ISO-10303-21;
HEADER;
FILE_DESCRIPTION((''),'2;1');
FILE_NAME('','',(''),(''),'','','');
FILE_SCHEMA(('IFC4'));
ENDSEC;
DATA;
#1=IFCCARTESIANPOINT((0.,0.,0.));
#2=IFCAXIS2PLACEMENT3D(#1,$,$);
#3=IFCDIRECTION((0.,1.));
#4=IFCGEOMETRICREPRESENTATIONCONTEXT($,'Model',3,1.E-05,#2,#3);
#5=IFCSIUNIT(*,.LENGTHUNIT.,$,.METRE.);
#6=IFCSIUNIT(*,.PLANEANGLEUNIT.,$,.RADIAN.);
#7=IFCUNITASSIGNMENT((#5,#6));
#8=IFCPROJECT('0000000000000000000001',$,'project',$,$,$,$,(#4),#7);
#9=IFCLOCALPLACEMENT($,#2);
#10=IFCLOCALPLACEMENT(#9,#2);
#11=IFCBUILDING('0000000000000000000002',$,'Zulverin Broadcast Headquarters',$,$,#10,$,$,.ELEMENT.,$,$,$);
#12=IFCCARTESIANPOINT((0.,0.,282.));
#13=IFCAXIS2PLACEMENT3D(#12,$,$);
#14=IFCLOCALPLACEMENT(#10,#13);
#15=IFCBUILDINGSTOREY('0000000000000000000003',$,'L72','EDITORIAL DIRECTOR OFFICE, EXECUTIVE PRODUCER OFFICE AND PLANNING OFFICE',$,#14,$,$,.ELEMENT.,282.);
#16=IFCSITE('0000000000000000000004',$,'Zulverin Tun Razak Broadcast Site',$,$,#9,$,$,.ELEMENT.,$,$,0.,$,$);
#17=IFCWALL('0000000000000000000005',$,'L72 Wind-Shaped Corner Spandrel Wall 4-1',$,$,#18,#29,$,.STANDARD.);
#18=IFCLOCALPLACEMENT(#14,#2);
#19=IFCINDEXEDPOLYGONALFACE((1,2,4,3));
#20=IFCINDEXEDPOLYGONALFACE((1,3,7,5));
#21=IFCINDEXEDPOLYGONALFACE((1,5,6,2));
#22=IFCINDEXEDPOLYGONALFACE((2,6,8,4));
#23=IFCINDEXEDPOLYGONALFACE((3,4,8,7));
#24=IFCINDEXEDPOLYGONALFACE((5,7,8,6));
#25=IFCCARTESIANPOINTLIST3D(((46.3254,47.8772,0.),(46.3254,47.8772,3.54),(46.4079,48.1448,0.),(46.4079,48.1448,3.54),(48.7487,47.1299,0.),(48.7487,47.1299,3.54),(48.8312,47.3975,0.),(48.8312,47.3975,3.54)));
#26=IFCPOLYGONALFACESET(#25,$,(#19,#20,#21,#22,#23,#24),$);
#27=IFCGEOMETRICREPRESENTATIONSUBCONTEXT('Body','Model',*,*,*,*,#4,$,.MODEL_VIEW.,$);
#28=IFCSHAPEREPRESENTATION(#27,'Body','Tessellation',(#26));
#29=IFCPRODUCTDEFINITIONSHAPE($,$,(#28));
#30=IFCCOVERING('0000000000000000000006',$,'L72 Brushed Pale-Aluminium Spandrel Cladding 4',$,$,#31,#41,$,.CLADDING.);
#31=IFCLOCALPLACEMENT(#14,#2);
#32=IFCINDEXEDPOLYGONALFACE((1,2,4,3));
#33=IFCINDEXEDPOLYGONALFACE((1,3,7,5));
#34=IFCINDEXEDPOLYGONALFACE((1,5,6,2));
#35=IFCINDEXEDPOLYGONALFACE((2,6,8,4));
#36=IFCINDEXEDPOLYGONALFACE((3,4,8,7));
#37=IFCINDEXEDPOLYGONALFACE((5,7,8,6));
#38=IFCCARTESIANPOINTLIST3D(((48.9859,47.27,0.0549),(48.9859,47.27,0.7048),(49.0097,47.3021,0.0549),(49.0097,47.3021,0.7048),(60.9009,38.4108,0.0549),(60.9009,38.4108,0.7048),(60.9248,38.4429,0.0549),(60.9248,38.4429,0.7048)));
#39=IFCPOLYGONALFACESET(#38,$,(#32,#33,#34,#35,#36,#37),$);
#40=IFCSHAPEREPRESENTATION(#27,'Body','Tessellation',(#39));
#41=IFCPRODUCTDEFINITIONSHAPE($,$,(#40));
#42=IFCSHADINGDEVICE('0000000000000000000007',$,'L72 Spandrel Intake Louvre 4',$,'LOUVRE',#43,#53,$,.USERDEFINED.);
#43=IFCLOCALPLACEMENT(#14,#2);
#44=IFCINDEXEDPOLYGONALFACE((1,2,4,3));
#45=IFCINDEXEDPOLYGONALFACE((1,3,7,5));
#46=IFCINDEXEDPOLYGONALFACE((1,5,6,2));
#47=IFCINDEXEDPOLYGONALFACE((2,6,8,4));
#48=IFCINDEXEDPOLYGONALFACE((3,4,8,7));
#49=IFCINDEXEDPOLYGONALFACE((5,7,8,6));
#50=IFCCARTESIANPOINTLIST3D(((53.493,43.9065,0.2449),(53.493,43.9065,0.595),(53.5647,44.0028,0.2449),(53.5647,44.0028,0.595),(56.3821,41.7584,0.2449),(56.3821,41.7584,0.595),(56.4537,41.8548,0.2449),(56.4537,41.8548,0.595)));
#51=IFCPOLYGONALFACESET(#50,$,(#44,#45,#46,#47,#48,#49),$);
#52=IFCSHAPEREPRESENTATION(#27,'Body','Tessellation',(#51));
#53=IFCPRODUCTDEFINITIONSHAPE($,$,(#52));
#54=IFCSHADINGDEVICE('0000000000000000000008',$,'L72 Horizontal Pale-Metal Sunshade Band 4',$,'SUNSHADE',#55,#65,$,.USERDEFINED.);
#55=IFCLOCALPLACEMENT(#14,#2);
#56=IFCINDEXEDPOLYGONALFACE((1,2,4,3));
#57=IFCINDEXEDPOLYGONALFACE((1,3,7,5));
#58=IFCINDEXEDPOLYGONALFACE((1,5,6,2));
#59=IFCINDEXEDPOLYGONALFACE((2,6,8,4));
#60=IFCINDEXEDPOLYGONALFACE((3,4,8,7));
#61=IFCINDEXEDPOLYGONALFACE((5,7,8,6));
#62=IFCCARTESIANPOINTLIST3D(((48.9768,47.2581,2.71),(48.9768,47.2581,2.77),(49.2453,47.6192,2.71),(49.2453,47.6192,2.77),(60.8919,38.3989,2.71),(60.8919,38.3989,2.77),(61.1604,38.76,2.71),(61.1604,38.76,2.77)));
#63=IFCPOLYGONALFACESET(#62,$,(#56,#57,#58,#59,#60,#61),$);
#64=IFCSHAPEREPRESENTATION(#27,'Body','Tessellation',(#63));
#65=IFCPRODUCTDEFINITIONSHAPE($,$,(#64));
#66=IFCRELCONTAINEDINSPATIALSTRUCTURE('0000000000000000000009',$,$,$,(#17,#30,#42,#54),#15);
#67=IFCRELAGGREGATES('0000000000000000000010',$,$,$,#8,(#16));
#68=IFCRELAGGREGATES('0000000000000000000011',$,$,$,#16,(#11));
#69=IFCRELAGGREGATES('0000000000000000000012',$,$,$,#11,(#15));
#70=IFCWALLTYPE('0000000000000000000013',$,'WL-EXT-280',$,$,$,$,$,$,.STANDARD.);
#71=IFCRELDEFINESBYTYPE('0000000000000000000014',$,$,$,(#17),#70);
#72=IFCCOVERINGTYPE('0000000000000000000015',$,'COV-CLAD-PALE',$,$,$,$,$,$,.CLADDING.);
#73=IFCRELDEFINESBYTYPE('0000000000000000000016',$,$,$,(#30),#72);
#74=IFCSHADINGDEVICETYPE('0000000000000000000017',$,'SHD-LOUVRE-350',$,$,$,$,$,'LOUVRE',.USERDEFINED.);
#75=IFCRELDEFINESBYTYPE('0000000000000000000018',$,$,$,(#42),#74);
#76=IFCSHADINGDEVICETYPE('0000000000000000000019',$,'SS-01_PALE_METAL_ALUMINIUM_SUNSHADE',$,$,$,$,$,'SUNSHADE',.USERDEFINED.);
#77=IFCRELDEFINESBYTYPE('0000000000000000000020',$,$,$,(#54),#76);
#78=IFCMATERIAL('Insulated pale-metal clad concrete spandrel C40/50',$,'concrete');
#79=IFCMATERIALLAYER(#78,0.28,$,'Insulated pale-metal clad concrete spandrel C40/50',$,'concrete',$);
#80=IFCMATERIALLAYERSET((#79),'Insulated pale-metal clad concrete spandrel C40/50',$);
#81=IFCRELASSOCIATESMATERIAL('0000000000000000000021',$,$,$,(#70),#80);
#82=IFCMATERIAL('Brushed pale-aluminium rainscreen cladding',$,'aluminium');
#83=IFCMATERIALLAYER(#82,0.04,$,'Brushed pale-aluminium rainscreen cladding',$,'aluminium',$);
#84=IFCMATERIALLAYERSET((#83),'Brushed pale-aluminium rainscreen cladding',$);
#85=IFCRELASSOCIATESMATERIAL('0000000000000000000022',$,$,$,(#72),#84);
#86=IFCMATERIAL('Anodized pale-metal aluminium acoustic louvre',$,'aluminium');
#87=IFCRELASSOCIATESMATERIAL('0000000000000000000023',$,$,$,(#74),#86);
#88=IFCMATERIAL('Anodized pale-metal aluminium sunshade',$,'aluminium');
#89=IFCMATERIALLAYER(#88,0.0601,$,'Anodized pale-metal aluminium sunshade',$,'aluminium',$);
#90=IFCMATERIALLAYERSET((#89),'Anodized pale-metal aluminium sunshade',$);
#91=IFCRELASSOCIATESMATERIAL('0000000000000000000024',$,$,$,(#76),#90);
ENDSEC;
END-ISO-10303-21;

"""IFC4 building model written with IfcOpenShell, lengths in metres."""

from ifc_helpers import new_model, si_unit, direction, frame, frame_2d, origin, origin_2d, place, context, subcontext, project, spatial, rectangle, extrude, material, layer, layer_set, type_object, element, save


model = new_model("IFC4")

# Units and contexts
model_context = context("Model", 3, precision=1e-05, world=origin(), true_north=direction((0.0, 1.0)))
body_context = subcontext(model_context, "Body", "Model", "MODEL_VIEW")
ifc_project = project(units=[si_unit("LENGTHUNIT", "METRE"), si_unit("PLANEANGLEUNIT", "RADIAN")], contexts=[model_context])

# Site, building, storey
site_placement = place(None, origin())
site = spatial("IfcSite", under=ifc_project, at=site_placement, Name="Zulverin Tun Razak Broadcast Site", CompositionType="ELEMENT", RefElevation=0.0)
building_placement = place(site_placement, origin())
building = spatial("IfcBuilding", under=site, at=building_placement, Name="Zulverin Broadcast Headquarters", CompositionType="ELEMENT")
storey_placement = place(building_placement, frame((0.0, 0.0, 282.0)))
storey = spatial("IfcBuildingStorey", under=building, at=storey_placement, Name="L72", Description="EDITORIAL DIRECTOR OFFICE, EXECUTIVE PRODUCER OFFICE AND PLANNING OFFICE", CompositionType="ELEMENT", Elevation=282.0)

# Shared definitions
ifc_material_1 = material(Name="Insulated pale-metal clad concrete spandrel C40/50", Category="concrete")
ifc_layer_1 = layer(ifc_material_1, 0.28, Name="Insulated pale-metal clad concrete spandrel C40/50", Category="concrete")
ifc_layer_set_1 = layer_set([ifc_layer_1], Name="Insulated pale-metal clad concrete spandrel C40/50")
wall_type = type_object("IfcWallType", Name="WL-EXT-280", PredefinedType="STANDARD", material=ifc_layer_set_1)

# Wall
wall_1_placement = place(storey_placement, frame((48.79, 47.2637, 0.0), z_axis=(0.0, 0.0, 1.0), x_axis=(-0.955594, 0.294688, 0.0)))
element("IfcWall", 1, at=wall_1_placement, inside=storey, type_object=wall_type, Name="L72 Wind-Shaped Corner Spandrel Wall 4-1", PredefinedType="STANDARD", context=body_context, shape_type="SweptSolid", body=[
    extrude(rectangle(XDim=2.5359, YDim=0.28, at=frame_2d((1.2681, 0.0))), origin(), (0.0, 0.0, 1.0), 3.54),
])

# Covering
ifc_material_2 = material(Name="Brushed pale-aluminium rainscreen cladding", Category="aluminium")
ifc_layer_2 = layer(ifc_material_2, 0.04, Name="Brushed pale-aluminium rainscreen cladding", Category="aluminium")
ifc_layer_set_2 = layer_set([ifc_layer_2], Name="Brushed pale-aluminium rainscreen cladding")
covering_type = type_object("IfcCoveringType", Name="COV-CLAD-PALE", PredefinedType="CLADDING", material=ifc_layer_set_2)
covering_placement = place(storey_placement, frame((54.9553, 42.8564, 0.0549), z_axis=(0.0, 0.0, 1.0), x_axis=(-0.802486, 0.59667, 0.0)))
element("IfcCovering", 2, at=covering_placement, inside=storey, type_object=covering_type, Name="L72 Brushed Pale-Aluminium Spandrel Cladding 4", PredefinedType="CLADDING", context=body_context, shape_type="SweptSolid", body=[
    extrude(rectangle(XDim=14.8477, YDim=0.04, at=origin_2d()), origin(), (0.0, 0.0, 1.0), 0.6499),
])

# Shading devices
ifc_material_3 = material(Name="Anodized pale-metal aluminium acoustic louvre", Category="aluminium")
shading_device_type_1 = type_object("IfcShadingDeviceType", Name="SHD-LOUVRE-350", ElementType="LOUVRE", PredefinedType="USERDEFINED", material=ifc_material_3)
shading_device_1_placement = place(storey_placement, frame((54.9734, 42.8806, 0.2449), z_axis=(0.0, 0.0, 1.0), x_axis=(-0.802486, 0.59667, 0.0)))
element("IfcShadingDevice", 3, at=shading_device_1_placement, inside=storey, type_object=shading_device_type_1, Name="L72 Spandrel Intake Louvre 4", ObjectType="LOUVRE", PredefinedType="USERDEFINED", context=body_context, shape_type="SweptSolid", body=[
    extrude(rectangle(XDim=3.6001, YDim=0.1201, at=origin_2d()), origin(), (0.0, 0.0, 1.0), 0.3501),
])
ifc_material_4 = material(Name="Anodized pale-metal aluminium sunshade", Category="aluminium")
ifc_layer_3 = layer(ifc_material_4, 0.0601, Name="Anodized pale-metal aluminium sunshade", Category="aluminium")
ifc_layer_set_3 = layer_set([ifc_layer_3], Name="Anodized pale-metal aluminium sunshade")
shading_device_type_2 = type_object("IfcShadingDeviceType", Name="SS-01_PALE_METAL_ALUMINIUM_SUNSHADE", ElementType="SUNSHADE", PredefinedType="USERDEFINED", material=ifc_layer_set_3)
shading_device_2_placement = place(storey_placement, frame((55.0686, 43.009, 2.71), z_axis=(0.0, 0.0, 1.0), x_axis=(-0.802486, 0.59667, 0.0)))
element("IfcShadingDevice", 4, at=shading_device_2_placement, inside=storey, type_object=shading_device_type_2, Name="L72 Horizontal Pale-Metal Sunshade Band 4", ObjectType="SUNSHADE", PredefinedType="USERDEFINED", context=body_context, shape_type="SweptSolid", body=[
    extrude(rectangle(XDim=14.8477, YDim=0.45, at=origin_2d()), origin(), (0.0, 0.0, 1.0), 0.0601),
])

save(model, "model.ifc")
